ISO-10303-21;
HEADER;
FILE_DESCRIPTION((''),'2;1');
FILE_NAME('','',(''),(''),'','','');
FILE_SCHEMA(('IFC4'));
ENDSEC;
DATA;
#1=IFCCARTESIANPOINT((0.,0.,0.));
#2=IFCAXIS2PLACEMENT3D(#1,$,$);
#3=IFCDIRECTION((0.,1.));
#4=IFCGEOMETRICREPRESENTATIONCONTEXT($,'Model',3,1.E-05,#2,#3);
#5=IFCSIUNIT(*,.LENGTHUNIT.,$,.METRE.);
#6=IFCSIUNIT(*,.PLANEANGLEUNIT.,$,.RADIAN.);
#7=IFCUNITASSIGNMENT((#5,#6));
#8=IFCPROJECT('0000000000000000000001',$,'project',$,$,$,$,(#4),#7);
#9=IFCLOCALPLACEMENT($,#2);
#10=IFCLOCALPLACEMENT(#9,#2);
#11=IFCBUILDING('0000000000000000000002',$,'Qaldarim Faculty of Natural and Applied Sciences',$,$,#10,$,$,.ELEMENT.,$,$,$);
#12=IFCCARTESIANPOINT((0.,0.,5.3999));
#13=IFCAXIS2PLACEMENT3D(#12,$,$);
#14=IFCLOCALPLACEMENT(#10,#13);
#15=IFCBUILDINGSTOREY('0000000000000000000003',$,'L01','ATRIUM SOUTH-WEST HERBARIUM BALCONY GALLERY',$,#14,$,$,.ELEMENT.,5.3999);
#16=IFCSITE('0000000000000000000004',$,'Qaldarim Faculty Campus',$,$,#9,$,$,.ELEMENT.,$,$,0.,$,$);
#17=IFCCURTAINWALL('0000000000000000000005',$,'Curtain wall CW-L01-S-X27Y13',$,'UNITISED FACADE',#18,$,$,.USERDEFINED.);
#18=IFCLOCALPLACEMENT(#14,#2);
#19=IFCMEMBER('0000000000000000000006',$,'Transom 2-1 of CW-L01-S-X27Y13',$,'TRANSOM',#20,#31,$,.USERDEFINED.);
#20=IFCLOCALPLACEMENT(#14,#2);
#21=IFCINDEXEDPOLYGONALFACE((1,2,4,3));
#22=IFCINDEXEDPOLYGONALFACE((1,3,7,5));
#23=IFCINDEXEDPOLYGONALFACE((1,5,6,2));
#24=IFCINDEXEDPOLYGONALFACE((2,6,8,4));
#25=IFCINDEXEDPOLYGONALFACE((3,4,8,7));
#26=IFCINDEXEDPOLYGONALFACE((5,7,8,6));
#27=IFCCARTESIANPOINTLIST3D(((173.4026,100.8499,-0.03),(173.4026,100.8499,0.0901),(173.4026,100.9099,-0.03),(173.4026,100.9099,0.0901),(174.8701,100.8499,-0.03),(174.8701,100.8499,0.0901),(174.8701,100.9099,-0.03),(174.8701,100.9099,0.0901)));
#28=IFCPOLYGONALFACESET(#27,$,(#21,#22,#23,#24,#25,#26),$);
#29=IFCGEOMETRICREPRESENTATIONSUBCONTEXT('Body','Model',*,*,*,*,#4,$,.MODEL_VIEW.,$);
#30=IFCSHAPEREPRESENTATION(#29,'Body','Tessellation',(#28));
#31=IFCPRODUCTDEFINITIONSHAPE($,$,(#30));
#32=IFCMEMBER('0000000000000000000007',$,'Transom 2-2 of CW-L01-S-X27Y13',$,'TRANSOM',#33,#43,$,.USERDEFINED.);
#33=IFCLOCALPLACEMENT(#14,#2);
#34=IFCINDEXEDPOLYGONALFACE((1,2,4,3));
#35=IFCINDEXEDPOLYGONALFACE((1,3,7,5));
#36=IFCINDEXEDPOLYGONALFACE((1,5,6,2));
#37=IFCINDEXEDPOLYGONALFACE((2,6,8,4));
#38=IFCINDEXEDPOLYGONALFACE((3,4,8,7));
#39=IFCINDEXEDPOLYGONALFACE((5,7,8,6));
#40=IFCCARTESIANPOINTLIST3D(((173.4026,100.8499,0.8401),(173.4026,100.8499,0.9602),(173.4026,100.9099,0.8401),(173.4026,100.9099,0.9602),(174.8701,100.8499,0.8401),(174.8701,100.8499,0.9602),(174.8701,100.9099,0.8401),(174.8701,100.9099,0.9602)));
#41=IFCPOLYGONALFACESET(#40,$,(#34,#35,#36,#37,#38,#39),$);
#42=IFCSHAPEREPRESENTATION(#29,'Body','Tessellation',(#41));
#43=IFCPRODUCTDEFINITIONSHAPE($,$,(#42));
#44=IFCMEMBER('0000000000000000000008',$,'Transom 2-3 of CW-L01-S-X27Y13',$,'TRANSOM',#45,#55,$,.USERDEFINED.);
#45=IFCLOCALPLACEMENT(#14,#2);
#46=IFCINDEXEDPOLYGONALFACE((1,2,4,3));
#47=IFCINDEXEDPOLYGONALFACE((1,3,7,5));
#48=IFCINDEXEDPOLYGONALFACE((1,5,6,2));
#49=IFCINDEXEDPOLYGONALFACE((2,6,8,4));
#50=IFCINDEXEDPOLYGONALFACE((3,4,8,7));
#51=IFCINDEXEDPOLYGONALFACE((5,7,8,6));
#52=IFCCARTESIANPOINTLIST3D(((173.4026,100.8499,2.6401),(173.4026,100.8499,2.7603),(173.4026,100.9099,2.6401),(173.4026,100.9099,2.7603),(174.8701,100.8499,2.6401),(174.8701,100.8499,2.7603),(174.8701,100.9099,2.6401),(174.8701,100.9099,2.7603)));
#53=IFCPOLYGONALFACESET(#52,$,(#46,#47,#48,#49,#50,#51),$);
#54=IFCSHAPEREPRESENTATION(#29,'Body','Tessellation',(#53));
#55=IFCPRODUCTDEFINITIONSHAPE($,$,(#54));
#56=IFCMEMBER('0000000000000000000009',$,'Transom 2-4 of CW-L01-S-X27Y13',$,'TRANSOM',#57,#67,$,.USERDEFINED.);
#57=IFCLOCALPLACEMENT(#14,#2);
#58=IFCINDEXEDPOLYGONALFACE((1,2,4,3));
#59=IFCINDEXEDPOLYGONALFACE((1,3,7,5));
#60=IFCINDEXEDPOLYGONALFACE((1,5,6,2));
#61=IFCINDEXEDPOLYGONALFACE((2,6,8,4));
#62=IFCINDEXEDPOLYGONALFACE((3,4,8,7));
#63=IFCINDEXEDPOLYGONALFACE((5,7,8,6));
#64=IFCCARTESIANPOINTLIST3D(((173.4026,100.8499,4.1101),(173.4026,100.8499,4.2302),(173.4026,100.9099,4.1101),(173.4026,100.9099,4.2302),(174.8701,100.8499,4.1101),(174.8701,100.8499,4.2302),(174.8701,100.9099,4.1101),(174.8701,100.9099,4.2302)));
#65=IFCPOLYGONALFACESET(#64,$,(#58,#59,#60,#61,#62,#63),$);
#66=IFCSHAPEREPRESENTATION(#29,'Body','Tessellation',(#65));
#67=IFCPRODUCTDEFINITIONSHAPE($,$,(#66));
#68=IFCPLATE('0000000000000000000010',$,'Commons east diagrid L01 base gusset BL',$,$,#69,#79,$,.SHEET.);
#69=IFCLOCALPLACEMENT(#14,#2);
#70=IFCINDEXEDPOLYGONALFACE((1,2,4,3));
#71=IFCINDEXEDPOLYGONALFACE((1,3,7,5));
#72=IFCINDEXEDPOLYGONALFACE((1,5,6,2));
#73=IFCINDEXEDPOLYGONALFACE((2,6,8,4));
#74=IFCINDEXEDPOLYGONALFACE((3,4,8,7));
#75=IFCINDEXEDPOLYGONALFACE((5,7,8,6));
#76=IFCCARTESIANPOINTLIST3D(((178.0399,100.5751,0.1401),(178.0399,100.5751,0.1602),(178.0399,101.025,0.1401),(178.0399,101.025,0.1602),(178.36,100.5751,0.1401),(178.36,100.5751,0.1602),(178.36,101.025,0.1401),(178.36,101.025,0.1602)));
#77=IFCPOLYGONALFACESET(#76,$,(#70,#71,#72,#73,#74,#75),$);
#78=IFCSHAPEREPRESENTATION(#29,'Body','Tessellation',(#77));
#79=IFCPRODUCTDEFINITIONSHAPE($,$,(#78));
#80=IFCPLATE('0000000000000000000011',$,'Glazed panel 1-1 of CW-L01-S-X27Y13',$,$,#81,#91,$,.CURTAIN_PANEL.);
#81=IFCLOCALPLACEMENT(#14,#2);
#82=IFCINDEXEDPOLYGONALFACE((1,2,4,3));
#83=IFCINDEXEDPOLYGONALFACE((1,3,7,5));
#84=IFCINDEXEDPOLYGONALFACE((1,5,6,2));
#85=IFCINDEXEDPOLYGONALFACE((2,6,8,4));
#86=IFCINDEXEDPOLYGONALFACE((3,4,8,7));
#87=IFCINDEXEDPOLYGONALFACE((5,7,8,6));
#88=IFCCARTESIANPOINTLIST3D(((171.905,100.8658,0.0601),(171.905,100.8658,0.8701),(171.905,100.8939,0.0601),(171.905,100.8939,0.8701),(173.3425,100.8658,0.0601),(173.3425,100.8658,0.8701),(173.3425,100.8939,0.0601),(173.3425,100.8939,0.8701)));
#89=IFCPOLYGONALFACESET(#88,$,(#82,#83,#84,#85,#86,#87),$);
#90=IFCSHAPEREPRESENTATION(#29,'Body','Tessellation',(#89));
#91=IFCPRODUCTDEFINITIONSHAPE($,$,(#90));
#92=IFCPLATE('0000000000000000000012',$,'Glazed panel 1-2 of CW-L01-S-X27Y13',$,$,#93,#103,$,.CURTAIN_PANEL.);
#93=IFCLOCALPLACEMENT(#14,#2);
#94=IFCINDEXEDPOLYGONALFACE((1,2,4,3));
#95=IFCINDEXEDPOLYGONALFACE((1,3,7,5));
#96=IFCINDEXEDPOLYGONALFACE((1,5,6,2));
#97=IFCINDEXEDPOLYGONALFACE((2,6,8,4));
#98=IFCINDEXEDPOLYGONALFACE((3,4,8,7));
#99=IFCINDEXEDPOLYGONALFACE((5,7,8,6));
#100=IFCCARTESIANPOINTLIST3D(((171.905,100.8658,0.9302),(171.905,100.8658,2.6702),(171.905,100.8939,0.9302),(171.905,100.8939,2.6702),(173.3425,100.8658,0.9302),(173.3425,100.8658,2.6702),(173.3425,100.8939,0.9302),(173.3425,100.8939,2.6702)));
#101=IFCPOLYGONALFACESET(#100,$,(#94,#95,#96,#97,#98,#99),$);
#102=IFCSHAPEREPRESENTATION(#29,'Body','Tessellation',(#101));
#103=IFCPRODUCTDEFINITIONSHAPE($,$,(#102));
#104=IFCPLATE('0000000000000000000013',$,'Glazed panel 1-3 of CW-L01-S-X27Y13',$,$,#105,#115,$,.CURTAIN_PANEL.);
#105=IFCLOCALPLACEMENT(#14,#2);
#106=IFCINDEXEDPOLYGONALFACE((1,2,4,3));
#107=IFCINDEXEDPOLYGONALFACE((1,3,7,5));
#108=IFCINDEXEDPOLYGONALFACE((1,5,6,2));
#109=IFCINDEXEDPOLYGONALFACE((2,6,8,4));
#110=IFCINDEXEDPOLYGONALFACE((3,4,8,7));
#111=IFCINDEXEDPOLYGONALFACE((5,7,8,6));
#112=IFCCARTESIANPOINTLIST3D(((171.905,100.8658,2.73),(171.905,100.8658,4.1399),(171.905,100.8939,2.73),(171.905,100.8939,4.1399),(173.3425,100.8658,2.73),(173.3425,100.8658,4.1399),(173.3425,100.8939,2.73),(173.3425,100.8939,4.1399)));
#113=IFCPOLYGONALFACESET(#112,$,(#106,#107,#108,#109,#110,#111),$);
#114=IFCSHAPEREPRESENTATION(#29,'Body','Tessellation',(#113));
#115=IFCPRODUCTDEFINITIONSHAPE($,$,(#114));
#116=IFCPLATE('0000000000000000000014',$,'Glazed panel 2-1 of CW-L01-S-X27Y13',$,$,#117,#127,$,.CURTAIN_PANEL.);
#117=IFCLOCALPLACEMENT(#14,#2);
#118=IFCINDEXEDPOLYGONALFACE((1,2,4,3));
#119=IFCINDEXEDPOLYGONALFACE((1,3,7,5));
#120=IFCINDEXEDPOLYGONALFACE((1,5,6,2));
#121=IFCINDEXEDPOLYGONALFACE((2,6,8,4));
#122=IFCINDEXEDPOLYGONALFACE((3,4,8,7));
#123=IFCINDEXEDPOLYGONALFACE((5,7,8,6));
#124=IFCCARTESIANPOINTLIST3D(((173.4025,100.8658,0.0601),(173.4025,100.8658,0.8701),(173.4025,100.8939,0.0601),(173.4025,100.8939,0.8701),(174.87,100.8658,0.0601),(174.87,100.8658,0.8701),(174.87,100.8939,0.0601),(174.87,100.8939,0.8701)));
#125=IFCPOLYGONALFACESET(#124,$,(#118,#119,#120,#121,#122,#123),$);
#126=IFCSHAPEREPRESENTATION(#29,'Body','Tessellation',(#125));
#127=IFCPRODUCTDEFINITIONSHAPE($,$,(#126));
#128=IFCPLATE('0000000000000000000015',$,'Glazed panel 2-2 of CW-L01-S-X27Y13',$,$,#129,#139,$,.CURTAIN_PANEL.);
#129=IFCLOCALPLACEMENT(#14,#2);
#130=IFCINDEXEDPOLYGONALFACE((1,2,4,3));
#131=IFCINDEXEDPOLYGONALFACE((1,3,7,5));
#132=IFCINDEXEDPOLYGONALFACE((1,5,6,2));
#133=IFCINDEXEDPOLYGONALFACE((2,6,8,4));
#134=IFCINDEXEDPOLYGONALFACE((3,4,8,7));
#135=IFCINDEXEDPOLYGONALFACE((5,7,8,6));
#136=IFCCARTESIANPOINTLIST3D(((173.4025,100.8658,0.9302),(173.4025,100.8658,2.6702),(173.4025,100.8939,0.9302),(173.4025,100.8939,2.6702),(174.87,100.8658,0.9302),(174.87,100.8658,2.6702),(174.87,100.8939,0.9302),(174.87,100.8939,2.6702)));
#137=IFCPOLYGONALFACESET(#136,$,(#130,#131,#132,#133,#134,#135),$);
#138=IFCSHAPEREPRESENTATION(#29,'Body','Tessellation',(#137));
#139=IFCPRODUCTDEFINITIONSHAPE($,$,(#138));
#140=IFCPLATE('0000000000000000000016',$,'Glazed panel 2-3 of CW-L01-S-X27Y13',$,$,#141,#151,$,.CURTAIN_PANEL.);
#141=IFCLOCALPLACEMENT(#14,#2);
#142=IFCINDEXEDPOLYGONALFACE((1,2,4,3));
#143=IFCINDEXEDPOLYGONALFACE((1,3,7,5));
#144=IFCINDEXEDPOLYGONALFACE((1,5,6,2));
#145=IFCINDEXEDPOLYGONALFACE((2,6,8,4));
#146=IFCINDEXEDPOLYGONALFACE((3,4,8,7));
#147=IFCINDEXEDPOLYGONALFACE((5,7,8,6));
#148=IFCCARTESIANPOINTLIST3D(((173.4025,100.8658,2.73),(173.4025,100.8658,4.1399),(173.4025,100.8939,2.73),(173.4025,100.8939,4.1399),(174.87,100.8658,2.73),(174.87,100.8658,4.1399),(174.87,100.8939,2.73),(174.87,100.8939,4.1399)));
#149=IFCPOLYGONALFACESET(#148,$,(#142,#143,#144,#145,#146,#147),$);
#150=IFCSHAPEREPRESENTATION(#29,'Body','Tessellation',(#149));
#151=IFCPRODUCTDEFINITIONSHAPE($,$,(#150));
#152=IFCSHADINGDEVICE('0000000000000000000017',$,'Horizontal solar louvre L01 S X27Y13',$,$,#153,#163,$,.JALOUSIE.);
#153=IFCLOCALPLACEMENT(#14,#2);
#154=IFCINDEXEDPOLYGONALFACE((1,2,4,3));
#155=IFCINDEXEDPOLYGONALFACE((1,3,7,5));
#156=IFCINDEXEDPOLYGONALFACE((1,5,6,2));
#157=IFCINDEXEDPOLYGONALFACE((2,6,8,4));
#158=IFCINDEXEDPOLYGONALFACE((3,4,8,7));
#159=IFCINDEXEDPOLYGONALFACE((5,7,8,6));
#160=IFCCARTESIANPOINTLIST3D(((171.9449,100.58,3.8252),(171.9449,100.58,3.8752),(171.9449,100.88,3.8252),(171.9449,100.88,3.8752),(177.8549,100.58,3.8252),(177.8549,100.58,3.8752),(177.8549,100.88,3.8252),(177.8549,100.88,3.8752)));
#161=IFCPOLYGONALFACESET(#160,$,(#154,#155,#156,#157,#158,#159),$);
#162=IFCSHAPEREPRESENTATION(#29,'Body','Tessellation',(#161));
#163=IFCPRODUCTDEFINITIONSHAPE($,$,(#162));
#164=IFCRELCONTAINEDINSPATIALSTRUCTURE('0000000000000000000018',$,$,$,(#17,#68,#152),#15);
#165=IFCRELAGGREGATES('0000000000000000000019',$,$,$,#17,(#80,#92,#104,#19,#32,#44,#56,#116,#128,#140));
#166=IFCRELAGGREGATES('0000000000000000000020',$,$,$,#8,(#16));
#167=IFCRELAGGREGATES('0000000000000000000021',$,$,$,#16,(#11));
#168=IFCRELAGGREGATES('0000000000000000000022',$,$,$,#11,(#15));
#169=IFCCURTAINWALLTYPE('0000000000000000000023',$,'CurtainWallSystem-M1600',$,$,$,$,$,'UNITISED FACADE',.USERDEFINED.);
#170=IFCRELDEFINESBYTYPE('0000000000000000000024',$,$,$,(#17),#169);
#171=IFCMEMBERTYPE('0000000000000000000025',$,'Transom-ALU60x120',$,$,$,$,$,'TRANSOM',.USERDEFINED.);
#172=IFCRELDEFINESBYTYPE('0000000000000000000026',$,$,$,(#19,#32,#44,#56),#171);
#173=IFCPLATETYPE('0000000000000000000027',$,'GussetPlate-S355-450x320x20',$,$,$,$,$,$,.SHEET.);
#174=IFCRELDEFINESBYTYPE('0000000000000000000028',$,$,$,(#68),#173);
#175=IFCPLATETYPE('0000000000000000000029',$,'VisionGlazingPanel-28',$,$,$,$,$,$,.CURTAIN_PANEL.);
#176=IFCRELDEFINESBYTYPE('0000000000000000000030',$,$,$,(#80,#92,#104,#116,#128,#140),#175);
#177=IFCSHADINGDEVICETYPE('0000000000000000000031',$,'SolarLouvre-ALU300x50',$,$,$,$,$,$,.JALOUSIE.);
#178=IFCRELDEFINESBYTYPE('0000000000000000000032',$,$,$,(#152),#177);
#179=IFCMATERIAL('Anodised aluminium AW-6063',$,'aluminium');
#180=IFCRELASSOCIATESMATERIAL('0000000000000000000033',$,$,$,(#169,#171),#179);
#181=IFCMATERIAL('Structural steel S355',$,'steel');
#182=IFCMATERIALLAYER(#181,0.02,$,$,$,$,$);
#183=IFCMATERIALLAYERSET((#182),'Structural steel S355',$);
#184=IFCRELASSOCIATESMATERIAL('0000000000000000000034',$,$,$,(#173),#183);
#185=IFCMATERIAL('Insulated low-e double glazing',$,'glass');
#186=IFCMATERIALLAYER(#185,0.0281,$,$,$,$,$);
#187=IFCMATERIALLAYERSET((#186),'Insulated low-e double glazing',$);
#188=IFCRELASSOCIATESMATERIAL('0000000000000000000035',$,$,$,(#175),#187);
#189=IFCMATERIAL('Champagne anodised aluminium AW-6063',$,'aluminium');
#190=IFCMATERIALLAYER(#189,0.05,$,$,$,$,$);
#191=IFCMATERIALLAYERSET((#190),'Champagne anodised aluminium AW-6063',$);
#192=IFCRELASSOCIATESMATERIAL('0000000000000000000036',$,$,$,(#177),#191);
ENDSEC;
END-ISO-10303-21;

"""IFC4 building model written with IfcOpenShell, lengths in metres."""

from ifc_helpers import new_model, si_unit, direction, frame, origin, origin_2d, place, context, subcontext, project, spatial, rectangle, extrude, material, layer, layer_set, material_profile, profile_set, type_object, element, aggregate, save


model = new_model("IFC4")

# Units and contexts
model_context = context("Model", 3, precision=1e-05, world=origin(), true_north=direction((0.0, 1.0)))
body_context = subcontext(model_context, "Body", "Model", "MODEL_VIEW")
ifc_project = project(units=[si_unit("LENGTHUNIT", "METRE"), si_unit("PLANEANGLEUNIT", "RADIAN")], contexts=[model_context])

# Site, building, storey
site_placement = place(None, origin())
site = spatial("IfcSite", under=ifc_project, at=site_placement, Name="Qaldarim Faculty Campus", CompositionType="ELEMENT", RefElevation=0.0)
building_placement = place(site_placement, origin())
building = spatial("IfcBuilding", under=site, at=building_placement, Name="Qaldarim Faculty of Natural and Applied Sciences", CompositionType="ELEMENT")
storey_placement = place(building_placement, frame((0.0, 0.0, 5.3999)))
storey = spatial("IfcBuildingStorey", under=building, at=storey_placement, Name="L01", Description="ATRIUM SOUTH-WEST HERBARIUM BALCONY GALLERY", CompositionType="ELEMENT", Elevation=5.3999)

# Shared definitions
ifc_material_1 = material(Name="Structural steel S355", Category="steel")

# Curtain wall
ifc_material_2 = material(Name="Anodised aluminium AW-6063", Category="aluminium")
curtain_wall_type = type_object("IfcCurtainWallType", Name="CurtainWallSystem-M1600", ElementType="UNITISED FACADE", PredefinedType="USERDEFINED", material=ifc_material_2)
curtain_wall_placement = place(storey_placement, origin())
curtain_wall = element("IfcCurtainWall", 1, at=curtain_wall_placement, inside=storey, type_object=curtain_wall_type, Name="Curtain wall CW-L01-S-X27Y13", ObjectType="UNITISED FACADE", PredefinedType="USERDEFINED")

# Members
ifc_material_profile_1 = material_profile(ifc_material_2, rectangle(XDim=0.0601, YDim=0.1201, at=origin_2d()), Name="ALU-T60x120")
ifc_profile_set_1 = profile_set([ifc_material_profile_1], Name="Anodised aluminium AW-6063")
member_type_1 = type_object("IfcMemberType", Name="Transom-ALU60x120", ElementType="TRANSOM", PredefinedType="USERDEFINED", material=ifc_profile_set_1)
member_1_placement = place(storey_placement, frame((173.4026, 100.8799, 0.03), z_axis=(1.0, 0.0, 0.0), x_axis=(0.0, 1.0, 0.0)))
member_1 = element("IfcMember", 2, at=member_1_placement, type_object=member_type_1, Name="Transom 2-1 of CW-L01-S-X27Y13", ObjectType="TRANSOM", PredefinedType="USERDEFINED", context=body_context, shape_type="SweptSolid", body=[
    extrude(rectangle(XDim=0.0601, YDim=0.1201, at=origin_2d()), origin(), (0.0, 0.0, 1.0), 1.4675),
])
member_2_placement = place(storey_placement, frame((173.4026, 100.8799, 0.9001), z_axis=(1.0, 0.0, 0.0), x_axis=(0.0, 1.0, 0.0)))
member_2 = element("IfcMember", 3, at=member_2_placement, type_object=member_type_1, Name="Transom 2-2 of CW-L01-S-X27Y13", ObjectType="TRANSOM", PredefinedType="USERDEFINED", context=body_context, shape_type="SweptSolid", body=[
    extrude(rectangle(XDim=0.0601, YDim=0.1201, at=origin_2d()), origin(), (0.0, 0.0, 1.0), 1.4675),
])
member_3_placement = place(storey_placement, frame((173.4026, 100.8799, 2.7002), z_axis=(1.0, 0.0, 0.0), x_axis=(0.0, 1.0, 0.0)))
member_3 = element("IfcMember", 4, at=member_3_placement, type_object=member_type_1, Name="Transom 2-3 of CW-L01-S-X27Y13", ObjectType="TRANSOM", PredefinedType="USERDEFINED", context=body_context, shape_type="SweptSolid", body=[
    extrude(rectangle(XDim=0.0601, YDim=0.1201, at=origin_2d()), origin(), (0.0, 0.0, 1.0), 1.4675),
])
member_4_placement = place(storey_placement, frame((173.4026, 100.8799, 4.1702), z_axis=(1.0, 0.0, 0.0), x_axis=(0.0, 1.0, 0.0)))
member_4 = element("IfcMember", 5, at=member_4_placement, type_object=member_type_1, Name="Transom 2-4 of CW-L01-S-X27Y13", ObjectType="TRANSOM", PredefinedType="USERDEFINED", context=body_context, shape_type="SweptSolid", body=[
    extrude(rectangle(XDim=0.0601, YDim=0.1201, at=origin_2d()), origin(), (0.0, 0.0, 1.0), 1.4675),
])

# Plates
ifc_layer_1 = layer(ifc_material_1, 0.02)
ifc_layer_set_1 = layer_set([ifc_layer_1], Name="Structural steel S355")
plate_type_1 = type_object("IfcPlateType", Name="GussetPlate-S355-450x320x20", PredefinedType="SHEET", material=ifc_layer_set_1)
plate_1_placement = place(storey_placement, frame((178.2, 100.8, 0.1401), z_axis=(0.0, 0.0, 1.0), x_axis=(0.0, 1.0, 0.0)))
element("IfcPlate", 6, at=plate_1_placement, inside=storey, type_object=plate_type_1, Name="Commons east diagrid L01 base gusset BL", PredefinedType="SHEET", context=body_context, shape_type="SweptSolid", body=[
    extrude(rectangle(XDim=0.45, YDim=0.3201, at=origin_2d()), origin(), (0.0, 0.0, 1.0), 0.02),
])
ifc_material_3 = material(Name="Insulated low-e double glazing", Category="glass")
ifc_layer_2 = layer(ifc_material_3, 0.0281)
ifc_layer_set_2 = layer_set([ifc_layer_2], Name="Insulated low-e double glazing")
plate_type_2 = type_object("IfcPlateType", Name="VisionGlazingPanel-28", PredefinedType="CURTAIN_PANEL", material=ifc_layer_set_2)
plate_2_placement = place(storey_placement, frame((172.6238, 100.8799, 0.0601), z_axis=(0.0, 0.0, 1.0), x_axis=(1.0, 0.0, 0.0)))
plate_2 = element("IfcPlate", 7, at=plate_2_placement, type_object=plate_type_2, Name="Glazed panel 1-1 of CW-L01-S-X27Y13", PredefinedType="CURTAIN_PANEL", context=body_context, shape_type="SweptSolid", body=[
    extrude(rectangle(XDim=1.4375, YDim=0.0281, at=origin_2d()), origin(), (0.0, 0.0, 1.0), 0.8101),
])
plate_3_placement = place(storey_placement, frame((172.6238, 100.8799, 0.9302), z_axis=(0.0, 0.0, 1.0), x_axis=(1.0, 0.0, 0.0)))
plate_3 = element("IfcPlate", 8, at=plate_3_placement, type_object=plate_type_2, Name="Glazed panel 1-2 of CW-L01-S-X27Y13", PredefinedType="CURTAIN_PANEL", context=body_context, shape_type="SweptSolid", body=[
    extrude(rectangle(XDim=1.4375, YDim=0.0281, at=origin_2d()), origin(), (0.0, 0.0, 1.0), 1.74),
])
plate_4_placement = place(storey_placement, frame((172.6238, 100.8799, 2.73), z_axis=(0.0, 0.0, 1.0), x_axis=(1.0, 0.0, 0.0)))
plate_4 = element("IfcPlate", 9, at=plate_4_placement, type_object=plate_type_2, Name="Glazed panel 1-3 of CW-L01-S-X27Y13", PredefinedType="CURTAIN_PANEL", context=body_context, shape_type="SweptSolid", body=[
    extrude(rectangle(XDim=1.4375, YDim=0.0281, at=origin_2d()), origin(), (0.0, 0.0, 1.0), 1.4099),
])
plate_5_placement = place(storey_placement, frame((174.1362, 100.8799, 0.0601), z_axis=(0.0, 0.0, 1.0), x_axis=(1.0, 0.0, 0.0)))
plate_5 = element("IfcPlate", 10, at=plate_5_placement, type_object=plate_type_2, Name="Glazed panel 2-1 of CW-L01-S-X27Y13", PredefinedType="CURTAIN_PANEL", context=body_context, shape_type="SweptSolid", body=[
    extrude(rectangle(XDim=1.4675, YDim=0.0281, at=origin_2d()), origin(), (0.0, 0.0, 1.0), 0.8101),
])
plate_6_placement = place(storey_placement, frame((174.1362, 100.8799, 0.9302), z_axis=(0.0, 0.0, 1.0), x_axis=(1.0, 0.0, 0.0)))
plate_6 = element("IfcPlate", 11, at=plate_6_placement, type_object=plate_type_2, Name="Glazed panel 2-2 of CW-L01-S-X27Y13", PredefinedType="CURTAIN_PANEL", context=body_context, shape_type="SweptSolid", body=[
    extrude(rectangle(XDim=1.4675, YDim=0.0281, at=origin_2d()), origin(), (0.0, 0.0, 1.0), 1.74),
])
plate_7_placement = place(storey_placement, frame((174.1362, 100.8799, 2.73), z_axis=(0.0, 0.0, 1.0), x_axis=(1.0, 0.0, 0.0)))
plate_7 = element("IfcPlate", 12, at=plate_7_placement, type_object=plate_type_2, Name="Glazed panel 2-3 of CW-L01-S-X27Y13", PredefinedType="CURTAIN_PANEL", context=body_context, shape_type="SweptSolid", body=[
    extrude(rectangle(XDim=1.4675, YDim=0.0281, at=origin_2d()), origin(), (0.0, 0.0, 1.0), 1.4099),
])
aggregate(curtain_wall, [plate_2, plate_3, plate_4, member_1, member_2, member_3, member_4, plate_5, plate_6, plate_7])

# Shading device
ifc_material_4 = material(Name="Champagne anodised aluminium AW-6063", Category="aluminium")
ifc_layer_3 = layer(ifc_material_4, 0.05)
ifc_layer_set_3 = layer_set([ifc_layer_3], Name="Champagne anodised aluminium AW-6063")
shading_device_type = type_object("IfcShadingDeviceType", Name="SolarLouvre-ALU300x50", PredefinedType="JALOUSIE", material=ifc_layer_set_3)
shading_device_placement = place(storey_placement, frame((174.8999, 100.73, 3.8252), z_axis=(0.0, 0.0, 1.0), x_axis=(1.0, 0.0, 0.0)))
element("IfcShadingDevice", 13, at=shading_device_placement, inside=storey, type_object=shading_device_type, Name="Horizontal solar louvre L01 S X27Y13", PredefinedType="JALOUSIE", context=body_context, shape_type="SweptSolid", body=[
    extrude(rectangle(XDim=5.9099, YDim=0.3, at=origin_2d()), origin(), (0.0, 0.0, 1.0), 0.05),
])

save(model, "model.ifc")
